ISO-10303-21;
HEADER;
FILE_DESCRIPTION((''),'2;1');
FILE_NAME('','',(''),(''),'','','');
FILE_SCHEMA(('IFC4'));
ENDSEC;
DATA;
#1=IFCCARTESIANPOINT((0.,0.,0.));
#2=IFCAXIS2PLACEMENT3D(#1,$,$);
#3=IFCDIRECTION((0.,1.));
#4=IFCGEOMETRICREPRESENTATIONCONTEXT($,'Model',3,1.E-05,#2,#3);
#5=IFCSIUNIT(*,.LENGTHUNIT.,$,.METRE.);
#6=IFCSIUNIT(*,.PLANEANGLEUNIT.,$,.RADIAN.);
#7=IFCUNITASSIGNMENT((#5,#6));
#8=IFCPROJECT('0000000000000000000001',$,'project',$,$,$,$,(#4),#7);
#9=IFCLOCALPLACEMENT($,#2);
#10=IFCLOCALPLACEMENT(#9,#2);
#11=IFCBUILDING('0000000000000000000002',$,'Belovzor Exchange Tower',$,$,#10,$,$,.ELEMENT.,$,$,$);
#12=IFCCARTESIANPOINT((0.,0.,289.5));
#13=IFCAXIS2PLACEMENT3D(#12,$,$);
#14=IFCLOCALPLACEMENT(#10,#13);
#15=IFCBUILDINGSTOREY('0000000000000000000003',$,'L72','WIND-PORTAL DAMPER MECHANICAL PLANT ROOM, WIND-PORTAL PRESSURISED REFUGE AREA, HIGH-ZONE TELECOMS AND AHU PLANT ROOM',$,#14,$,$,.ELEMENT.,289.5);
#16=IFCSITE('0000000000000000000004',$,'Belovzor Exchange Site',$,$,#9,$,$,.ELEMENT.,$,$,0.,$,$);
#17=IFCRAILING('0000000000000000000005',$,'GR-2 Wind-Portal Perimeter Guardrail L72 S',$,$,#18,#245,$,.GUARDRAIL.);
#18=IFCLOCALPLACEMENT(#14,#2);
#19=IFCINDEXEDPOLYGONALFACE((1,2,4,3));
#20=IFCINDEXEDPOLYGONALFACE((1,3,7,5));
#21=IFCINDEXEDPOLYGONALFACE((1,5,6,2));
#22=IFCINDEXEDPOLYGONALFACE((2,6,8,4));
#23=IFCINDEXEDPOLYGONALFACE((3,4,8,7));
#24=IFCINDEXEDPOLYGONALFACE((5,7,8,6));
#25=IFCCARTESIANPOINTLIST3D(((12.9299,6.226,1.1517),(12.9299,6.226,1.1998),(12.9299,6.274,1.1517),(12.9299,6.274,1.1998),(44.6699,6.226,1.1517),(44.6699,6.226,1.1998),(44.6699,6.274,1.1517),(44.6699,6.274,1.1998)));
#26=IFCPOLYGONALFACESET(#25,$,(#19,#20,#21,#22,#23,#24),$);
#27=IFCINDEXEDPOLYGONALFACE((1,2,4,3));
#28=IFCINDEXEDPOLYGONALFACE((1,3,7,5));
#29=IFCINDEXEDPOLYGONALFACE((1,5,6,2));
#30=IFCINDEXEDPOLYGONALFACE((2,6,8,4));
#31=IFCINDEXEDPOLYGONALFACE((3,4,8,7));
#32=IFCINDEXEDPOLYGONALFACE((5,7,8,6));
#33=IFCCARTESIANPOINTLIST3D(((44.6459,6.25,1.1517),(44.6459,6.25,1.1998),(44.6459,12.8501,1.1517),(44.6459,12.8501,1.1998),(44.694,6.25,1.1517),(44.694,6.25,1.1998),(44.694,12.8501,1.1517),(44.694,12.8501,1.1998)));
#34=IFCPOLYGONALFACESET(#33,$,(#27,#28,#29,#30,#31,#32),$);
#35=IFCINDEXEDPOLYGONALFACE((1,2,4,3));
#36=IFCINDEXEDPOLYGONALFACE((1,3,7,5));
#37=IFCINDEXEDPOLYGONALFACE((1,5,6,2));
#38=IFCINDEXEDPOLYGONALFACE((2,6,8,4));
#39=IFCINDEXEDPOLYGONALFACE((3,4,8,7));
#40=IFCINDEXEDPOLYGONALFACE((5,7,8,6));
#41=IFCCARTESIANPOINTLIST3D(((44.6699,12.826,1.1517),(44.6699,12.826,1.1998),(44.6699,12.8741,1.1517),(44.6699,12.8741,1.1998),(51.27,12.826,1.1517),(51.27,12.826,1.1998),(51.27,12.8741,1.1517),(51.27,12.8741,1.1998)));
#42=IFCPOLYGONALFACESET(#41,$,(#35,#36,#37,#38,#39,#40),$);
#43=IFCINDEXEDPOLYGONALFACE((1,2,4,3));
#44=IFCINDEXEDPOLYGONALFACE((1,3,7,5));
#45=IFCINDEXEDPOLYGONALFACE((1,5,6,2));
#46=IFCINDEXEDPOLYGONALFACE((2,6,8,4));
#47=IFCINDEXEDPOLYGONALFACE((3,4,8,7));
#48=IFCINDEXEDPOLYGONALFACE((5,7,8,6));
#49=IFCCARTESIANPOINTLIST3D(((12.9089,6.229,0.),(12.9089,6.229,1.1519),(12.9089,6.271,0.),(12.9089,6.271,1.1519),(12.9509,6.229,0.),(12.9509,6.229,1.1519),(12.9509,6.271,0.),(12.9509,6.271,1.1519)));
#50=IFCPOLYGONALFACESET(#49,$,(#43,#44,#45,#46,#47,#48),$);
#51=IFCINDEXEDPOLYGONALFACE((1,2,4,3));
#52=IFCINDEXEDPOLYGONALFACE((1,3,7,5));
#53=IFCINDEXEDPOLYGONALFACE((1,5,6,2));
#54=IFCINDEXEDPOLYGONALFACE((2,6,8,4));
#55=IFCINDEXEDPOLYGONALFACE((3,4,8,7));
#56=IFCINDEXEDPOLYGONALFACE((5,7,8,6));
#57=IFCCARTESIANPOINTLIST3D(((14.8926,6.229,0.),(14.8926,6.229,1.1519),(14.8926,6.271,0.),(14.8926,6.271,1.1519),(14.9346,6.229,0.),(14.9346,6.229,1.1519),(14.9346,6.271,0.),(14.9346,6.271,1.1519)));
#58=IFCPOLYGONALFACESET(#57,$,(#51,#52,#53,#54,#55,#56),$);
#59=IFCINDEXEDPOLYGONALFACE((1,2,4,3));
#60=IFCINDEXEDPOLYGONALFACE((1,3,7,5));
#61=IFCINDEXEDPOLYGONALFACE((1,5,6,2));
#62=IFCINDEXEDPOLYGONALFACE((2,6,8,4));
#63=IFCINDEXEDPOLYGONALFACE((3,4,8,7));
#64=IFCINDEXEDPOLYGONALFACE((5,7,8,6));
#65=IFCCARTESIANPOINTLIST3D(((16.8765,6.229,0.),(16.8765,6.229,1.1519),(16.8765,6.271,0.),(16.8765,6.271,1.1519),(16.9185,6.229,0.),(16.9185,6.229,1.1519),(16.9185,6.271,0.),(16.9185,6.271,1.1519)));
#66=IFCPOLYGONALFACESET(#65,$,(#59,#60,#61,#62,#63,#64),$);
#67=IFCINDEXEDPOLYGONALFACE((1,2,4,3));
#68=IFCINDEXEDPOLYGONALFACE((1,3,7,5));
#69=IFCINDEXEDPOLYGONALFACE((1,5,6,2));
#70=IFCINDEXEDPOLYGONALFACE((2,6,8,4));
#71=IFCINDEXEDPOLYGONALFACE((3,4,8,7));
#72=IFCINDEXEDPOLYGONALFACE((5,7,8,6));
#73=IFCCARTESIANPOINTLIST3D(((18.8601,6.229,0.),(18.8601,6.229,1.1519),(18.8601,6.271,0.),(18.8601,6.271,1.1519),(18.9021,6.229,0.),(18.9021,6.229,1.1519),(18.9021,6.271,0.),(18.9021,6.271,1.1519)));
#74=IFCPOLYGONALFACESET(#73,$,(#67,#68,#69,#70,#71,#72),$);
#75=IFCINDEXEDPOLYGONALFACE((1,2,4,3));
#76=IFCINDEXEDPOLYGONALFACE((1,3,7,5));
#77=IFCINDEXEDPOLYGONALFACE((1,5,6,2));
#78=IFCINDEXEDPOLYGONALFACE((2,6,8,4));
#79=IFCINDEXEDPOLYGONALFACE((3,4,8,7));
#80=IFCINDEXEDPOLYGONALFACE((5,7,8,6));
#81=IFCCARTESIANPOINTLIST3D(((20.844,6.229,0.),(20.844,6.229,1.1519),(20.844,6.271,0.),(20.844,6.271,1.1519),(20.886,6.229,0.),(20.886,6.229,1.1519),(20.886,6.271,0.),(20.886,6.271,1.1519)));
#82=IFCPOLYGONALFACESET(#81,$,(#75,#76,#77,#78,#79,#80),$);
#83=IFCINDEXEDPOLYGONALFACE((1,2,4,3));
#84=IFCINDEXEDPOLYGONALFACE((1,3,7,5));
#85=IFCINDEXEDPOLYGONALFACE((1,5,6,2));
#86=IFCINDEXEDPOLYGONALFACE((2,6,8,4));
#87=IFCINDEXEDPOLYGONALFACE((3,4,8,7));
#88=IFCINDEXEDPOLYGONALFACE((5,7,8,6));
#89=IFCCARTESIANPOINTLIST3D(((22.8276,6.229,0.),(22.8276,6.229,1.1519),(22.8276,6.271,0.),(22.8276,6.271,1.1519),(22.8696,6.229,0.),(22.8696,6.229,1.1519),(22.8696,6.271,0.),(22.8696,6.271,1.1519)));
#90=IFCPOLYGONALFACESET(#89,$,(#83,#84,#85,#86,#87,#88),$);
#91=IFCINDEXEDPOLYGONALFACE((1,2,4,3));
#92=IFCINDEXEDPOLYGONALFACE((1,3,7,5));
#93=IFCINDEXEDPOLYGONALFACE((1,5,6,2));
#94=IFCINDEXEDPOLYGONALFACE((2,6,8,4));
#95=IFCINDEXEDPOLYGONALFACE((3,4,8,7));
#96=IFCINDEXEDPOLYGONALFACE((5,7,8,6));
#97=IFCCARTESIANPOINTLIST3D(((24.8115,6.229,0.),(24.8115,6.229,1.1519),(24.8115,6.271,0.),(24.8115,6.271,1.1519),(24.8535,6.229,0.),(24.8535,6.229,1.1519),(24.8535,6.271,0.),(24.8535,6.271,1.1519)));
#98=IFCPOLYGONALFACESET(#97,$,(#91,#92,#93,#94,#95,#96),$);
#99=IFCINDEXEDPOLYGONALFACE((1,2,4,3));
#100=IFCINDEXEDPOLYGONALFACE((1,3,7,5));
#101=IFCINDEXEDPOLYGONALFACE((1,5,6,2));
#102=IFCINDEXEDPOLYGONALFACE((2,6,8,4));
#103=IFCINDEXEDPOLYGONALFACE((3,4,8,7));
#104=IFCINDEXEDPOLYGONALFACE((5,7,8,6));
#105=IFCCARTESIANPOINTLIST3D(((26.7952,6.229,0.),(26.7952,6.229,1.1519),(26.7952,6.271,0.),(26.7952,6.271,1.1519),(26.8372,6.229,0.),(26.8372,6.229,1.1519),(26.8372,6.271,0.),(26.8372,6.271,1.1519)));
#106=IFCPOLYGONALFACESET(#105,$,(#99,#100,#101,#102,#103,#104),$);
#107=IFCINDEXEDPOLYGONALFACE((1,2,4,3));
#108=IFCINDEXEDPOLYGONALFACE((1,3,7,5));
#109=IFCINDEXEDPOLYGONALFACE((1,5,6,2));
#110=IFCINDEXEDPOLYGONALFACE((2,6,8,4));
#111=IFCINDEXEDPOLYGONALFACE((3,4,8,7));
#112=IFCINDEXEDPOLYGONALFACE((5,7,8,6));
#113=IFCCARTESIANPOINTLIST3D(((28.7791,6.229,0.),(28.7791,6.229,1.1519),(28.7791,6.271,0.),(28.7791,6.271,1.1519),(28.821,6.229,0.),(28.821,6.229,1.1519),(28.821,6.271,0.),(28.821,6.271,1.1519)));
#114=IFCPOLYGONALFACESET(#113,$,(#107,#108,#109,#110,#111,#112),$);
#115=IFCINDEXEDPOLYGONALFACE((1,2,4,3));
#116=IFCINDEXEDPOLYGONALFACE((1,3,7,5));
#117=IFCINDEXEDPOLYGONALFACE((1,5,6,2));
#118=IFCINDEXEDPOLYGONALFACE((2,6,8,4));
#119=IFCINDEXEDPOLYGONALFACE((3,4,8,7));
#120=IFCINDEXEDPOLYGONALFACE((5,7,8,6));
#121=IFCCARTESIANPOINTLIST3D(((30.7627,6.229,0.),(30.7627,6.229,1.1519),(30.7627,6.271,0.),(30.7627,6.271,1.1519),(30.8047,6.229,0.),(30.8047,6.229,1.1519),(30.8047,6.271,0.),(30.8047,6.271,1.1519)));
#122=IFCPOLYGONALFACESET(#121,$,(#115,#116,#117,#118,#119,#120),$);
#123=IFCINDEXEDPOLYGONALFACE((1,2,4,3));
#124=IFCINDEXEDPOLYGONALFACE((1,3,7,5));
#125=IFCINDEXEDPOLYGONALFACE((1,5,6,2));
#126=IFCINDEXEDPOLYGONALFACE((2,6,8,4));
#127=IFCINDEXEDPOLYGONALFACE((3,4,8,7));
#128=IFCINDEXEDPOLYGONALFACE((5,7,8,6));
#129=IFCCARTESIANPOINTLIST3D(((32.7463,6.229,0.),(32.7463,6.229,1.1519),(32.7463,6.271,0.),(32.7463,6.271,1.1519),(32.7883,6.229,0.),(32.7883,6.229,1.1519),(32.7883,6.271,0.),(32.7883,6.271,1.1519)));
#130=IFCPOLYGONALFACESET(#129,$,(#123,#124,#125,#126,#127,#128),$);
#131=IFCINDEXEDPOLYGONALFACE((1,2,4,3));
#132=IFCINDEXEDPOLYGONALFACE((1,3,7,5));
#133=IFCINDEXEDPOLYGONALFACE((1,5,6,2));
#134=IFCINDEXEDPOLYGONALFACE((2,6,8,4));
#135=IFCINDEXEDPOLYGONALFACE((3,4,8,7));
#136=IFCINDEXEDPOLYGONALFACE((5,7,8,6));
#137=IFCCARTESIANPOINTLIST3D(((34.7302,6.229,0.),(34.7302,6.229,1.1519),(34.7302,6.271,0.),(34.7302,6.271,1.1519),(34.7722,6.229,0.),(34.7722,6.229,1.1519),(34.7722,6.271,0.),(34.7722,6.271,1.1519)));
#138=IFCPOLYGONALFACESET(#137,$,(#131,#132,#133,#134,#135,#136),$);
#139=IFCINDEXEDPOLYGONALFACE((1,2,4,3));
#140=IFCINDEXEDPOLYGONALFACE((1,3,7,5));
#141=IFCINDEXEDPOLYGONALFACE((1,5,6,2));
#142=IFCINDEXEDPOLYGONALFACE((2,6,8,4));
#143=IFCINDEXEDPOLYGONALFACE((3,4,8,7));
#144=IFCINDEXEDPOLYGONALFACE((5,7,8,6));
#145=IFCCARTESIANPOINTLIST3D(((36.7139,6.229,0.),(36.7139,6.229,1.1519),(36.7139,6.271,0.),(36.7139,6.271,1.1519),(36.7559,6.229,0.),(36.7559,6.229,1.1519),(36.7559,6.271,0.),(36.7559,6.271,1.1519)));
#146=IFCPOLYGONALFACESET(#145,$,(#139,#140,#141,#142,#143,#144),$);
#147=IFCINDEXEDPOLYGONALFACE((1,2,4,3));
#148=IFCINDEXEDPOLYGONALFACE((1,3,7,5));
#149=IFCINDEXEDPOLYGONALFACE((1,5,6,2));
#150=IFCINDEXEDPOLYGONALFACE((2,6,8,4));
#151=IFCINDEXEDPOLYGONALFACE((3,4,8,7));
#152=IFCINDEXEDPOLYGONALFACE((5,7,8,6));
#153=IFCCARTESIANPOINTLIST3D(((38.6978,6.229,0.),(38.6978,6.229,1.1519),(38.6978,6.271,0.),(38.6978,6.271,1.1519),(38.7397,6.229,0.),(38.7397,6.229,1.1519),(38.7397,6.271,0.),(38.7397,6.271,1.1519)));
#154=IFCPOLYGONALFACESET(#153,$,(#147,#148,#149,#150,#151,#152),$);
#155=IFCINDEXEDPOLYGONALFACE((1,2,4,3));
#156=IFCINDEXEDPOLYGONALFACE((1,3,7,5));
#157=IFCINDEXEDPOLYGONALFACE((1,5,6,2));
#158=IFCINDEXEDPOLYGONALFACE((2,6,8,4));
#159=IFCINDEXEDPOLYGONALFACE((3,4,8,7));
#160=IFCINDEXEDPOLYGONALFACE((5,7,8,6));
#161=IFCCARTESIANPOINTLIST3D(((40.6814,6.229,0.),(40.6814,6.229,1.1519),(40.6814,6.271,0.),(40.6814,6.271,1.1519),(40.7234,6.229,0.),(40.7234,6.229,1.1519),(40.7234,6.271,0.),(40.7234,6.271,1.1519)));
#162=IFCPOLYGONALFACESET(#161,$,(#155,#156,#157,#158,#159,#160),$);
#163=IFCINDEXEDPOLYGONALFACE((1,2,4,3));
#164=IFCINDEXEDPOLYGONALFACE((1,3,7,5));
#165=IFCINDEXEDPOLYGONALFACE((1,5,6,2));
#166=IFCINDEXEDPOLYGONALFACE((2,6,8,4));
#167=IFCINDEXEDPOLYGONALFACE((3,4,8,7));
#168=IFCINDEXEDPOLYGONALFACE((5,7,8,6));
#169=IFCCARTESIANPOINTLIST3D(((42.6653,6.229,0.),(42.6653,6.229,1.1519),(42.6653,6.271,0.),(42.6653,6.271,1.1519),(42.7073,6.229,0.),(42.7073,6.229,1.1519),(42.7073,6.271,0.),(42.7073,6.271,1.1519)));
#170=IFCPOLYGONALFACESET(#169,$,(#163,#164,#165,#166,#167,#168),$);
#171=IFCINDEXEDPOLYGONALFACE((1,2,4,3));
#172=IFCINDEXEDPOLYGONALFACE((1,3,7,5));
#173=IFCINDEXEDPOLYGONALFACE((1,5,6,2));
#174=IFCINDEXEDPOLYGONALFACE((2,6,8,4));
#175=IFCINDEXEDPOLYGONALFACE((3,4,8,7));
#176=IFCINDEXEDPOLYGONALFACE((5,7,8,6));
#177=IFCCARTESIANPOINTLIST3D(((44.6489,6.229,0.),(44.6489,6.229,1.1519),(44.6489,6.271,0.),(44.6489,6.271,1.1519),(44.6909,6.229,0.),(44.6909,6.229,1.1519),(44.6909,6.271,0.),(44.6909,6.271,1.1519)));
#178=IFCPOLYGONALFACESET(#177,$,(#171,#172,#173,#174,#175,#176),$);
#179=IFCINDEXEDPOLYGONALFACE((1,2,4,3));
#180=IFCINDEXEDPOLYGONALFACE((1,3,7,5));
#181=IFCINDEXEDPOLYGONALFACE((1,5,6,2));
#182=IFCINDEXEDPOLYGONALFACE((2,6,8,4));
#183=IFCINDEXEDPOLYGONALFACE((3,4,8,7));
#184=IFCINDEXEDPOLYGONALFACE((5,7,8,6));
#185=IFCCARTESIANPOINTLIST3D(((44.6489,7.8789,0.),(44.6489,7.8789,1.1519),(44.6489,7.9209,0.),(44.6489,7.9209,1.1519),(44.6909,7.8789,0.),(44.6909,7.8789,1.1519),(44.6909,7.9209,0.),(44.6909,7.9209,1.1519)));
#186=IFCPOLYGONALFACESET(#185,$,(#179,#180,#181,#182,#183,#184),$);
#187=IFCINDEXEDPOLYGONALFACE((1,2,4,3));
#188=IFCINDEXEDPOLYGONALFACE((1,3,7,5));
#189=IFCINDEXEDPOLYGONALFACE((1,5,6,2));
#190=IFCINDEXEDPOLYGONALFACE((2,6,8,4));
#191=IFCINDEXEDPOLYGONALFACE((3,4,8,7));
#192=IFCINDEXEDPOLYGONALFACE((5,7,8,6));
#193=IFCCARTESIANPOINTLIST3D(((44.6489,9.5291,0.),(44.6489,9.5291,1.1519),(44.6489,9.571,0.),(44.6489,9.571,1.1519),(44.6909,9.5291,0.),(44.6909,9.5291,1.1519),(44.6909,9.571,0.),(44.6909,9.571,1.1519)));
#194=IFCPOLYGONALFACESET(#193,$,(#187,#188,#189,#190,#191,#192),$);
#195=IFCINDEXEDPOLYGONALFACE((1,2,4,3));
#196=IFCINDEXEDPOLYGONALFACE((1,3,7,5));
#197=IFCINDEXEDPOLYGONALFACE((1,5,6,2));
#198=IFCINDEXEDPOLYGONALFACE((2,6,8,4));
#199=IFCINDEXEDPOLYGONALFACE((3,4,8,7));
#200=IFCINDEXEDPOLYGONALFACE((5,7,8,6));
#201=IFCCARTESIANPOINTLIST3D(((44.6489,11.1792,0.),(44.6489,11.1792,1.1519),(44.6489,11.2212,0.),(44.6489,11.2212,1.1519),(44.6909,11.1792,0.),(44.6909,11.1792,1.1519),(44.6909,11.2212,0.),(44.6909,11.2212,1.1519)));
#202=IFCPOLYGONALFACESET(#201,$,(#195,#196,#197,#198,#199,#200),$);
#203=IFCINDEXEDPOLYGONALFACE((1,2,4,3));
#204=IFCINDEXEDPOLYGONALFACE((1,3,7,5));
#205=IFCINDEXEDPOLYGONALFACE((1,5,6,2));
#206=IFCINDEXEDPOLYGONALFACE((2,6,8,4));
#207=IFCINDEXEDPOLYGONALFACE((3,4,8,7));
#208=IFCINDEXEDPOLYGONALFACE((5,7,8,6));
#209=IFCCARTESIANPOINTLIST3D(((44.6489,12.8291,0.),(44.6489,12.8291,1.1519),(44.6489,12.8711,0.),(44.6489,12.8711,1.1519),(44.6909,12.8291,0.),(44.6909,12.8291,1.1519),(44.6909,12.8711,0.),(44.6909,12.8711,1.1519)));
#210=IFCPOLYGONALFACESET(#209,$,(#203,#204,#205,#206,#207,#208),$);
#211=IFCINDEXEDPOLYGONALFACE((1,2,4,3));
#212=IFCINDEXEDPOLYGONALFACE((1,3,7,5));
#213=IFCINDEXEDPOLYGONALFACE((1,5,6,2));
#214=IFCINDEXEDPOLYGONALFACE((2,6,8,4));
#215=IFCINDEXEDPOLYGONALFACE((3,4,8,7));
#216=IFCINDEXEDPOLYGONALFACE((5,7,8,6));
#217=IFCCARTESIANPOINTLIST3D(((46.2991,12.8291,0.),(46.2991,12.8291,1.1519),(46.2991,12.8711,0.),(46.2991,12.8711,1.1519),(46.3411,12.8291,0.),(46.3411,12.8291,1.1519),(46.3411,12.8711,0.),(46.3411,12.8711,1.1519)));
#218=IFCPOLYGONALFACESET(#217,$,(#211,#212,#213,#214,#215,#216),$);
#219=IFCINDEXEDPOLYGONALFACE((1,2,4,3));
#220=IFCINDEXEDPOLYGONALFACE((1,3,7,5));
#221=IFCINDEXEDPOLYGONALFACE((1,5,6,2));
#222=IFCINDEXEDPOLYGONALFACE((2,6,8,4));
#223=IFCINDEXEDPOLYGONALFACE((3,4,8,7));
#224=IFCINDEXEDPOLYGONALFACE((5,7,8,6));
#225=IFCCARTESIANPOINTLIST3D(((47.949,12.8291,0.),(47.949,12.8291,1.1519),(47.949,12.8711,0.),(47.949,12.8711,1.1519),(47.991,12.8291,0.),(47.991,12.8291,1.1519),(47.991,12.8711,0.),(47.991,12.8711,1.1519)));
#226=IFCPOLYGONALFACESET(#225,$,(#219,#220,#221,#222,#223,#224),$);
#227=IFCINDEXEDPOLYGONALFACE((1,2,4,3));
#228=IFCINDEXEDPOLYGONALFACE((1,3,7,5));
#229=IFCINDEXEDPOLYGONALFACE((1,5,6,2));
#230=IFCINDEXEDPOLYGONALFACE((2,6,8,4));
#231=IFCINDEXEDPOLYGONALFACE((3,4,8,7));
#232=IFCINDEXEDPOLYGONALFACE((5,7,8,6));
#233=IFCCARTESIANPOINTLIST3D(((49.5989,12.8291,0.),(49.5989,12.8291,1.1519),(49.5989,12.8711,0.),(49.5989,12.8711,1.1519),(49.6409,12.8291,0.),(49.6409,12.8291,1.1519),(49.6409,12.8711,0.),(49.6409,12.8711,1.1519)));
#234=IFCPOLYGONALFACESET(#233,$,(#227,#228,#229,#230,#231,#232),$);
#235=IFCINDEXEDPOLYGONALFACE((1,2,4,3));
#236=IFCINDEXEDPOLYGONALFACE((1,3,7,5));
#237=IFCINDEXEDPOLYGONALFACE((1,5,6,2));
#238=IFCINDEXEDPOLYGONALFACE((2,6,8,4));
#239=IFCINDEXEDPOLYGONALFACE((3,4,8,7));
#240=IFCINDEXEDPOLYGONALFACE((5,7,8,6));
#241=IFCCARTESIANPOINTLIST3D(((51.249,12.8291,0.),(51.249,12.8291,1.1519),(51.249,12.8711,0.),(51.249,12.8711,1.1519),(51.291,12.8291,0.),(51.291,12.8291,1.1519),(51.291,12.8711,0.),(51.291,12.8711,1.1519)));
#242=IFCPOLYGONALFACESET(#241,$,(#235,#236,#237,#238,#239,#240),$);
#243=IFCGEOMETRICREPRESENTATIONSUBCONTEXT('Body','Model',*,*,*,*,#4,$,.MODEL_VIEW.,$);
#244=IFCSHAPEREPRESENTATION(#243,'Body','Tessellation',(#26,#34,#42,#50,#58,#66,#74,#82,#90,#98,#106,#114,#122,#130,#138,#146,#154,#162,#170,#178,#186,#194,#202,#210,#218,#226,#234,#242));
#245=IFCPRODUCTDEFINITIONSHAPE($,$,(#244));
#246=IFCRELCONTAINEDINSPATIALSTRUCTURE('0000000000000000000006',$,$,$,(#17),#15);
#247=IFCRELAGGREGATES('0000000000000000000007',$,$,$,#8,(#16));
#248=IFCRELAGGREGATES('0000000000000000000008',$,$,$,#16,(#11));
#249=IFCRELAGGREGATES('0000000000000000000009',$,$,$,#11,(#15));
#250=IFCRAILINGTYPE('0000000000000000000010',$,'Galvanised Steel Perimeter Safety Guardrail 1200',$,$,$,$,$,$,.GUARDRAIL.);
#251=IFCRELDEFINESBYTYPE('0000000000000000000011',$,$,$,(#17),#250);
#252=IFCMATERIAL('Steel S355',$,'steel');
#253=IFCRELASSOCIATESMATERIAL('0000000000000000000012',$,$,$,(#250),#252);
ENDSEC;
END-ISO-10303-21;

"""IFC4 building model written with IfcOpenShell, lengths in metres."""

from ifc_helpers import new_model, si_unit, direction, frame, origin, origin_2d, place, context, subcontext, project, spatial, rectangle, extrude, material, type_object, element, save


model = new_model("IFC4")

# Units and contexts
model_context = context("Model", 3, precision=1e-05, world=origin(), true_north=direction((0.0, 1.0)))
body_context = subcontext(model_context, "Body", "Model", "MODEL_VIEW")
ifc_project = project(units=[si_unit("LENGTHUNIT", "METRE"), si_unit("PLANEANGLEUNIT", "RADIAN")], contexts=[model_context])

# Site, building, storey
site_placement = place(None, origin())
site = spatial("IfcSite", under=ifc_project, at=site_placement, Name="Belovzor Exchange Site", CompositionType="ELEMENT", RefElevation=0.0)
building_placement = place(site_placement, origin())
building = spatial("IfcBuilding", under=site, at=building_placement, Name="Belovzor Exchange Tower", CompositionType="ELEMENT")
storey_placement = place(building_placement, frame((0.0, 0.0, 289.5)))
storey = spatial("IfcBuildingStorey", under=building, at=storey_placement, Name="L72", Description="WIND-PORTAL DAMPER MECHANICAL PLANT ROOM, WIND-PORTAL PRESSURISED REFUGE AREA, HIGH-ZONE TELECOMS AND AHU PLANT ROOM", CompositionType="ELEMENT", Elevation=289.5)

# Railing
ifc_material_1 = material(Name="Steel S355", Category="steel")
railing_type = type_object("IfcRailingType", Name="Galvanised Steel Perimeter Safety Guardrail 1200", PredefinedType="GUARDRAIL", material=ifc_material_1)
railing_placement = place(storey_placement, frame((12.9299, 6.25, 0.0)))
element("IfcRailing", 1, at=railing_placement, inside=storey, type_object=railing_type, Name="GR-2 Wind-Portal Perimeter Guardrail L72 S", PredefinedType="GUARDRAIL", context=body_context, shape_type="SweptSolid", body=[
    extrude(rectangle(XDim=0.0481, YDim=0.0481, at=origin_2d()), frame((0.0, 0.0, 1.1758), z_axis=(1.0, 0.0, 0.0), x_axis=(0.0, 1.0, 0.0)), (0.0, 0.0, 1.0), 31.74),
    extrude(rectangle(XDim=0.0481, YDim=0.0481, at=origin_2d()), frame((31.74, 0.0, 1.1758), z_axis=(0.0, 1.0, 0.0), x_axis=(-1.0, 0.0, 0.0)), (0.0, 0.0, 1.0), 6.6001),
    extrude(rectangle(XDim=0.0481, YDim=0.0481, at=origin_2d()), frame((31.74, 6.6001, 1.1758), z_axis=(1.0, 0.0, 0.0), x_axis=(0.0, 1.0, 0.0)), (0.0, 0.0, 1.0), 6.6001),
    extrude(rectangle(XDim=0.042, YDim=0.042, at=origin_2d()), origin(), (0.0, 0.0, 1.0), 1.1519),
    extrude(rectangle(XDim=0.042, YDim=0.042, at=origin_2d()), frame((1.9836, 0.0, 0.0)), (0.0, 0.0, 1.0), 1.1519),
    extrude(rectangle(XDim=0.042, YDim=0.042, at=origin_2d()), frame((3.9675, 0.0, 0.0)), (0.0, 0.0, 1.0), 1.1519),
    extrude(rectangle(XDim=0.042, YDim=0.042, at=origin_2d()), frame((5.9512, 0.0, 0.0)), (0.0, 0.0, 1.0), 1.1519),
    extrude(rectangle(XDim=0.042, YDim=0.042, at=origin_2d()), frame((7.9351, 0.0, 0.0)), (0.0, 0.0, 1.0), 1.1519),
    extrude(rectangle(XDim=0.042, YDim=0.042, at=origin_2d()), frame((9.9187, 0.0, 0.0)), (0.0, 0.0, 1.0), 1.1519),
    extrude(rectangle(XDim=0.042, YDim=0.042, at=origin_2d()), frame((11.9026, 0.0, 0.0)), (0.0, 0.0, 1.0), 1.1519),
    extrude(rectangle(XDim=0.042, YDim=0.042, at=origin_2d()), frame((13.8862, 0.0, 0.0)), (0.0, 0.0, 1.0), 1.1519),
    extrude(rectangle(XDim=0.042, YDim=0.042, at=origin_2d()), frame((15.8701, 0.0, 0.0)), (0.0, 0.0, 1.0), 1.1519),
    extrude(rectangle(XDim=0.042, YDim=0.042, at=origin_2d()), frame((17.8538, 0.0, 0.0)), (0.0, 0.0, 1.0), 1.1519),
    extrude(rectangle(XDim=0.042, YDim=0.042, at=origin_2d()), frame((19.8374, 0.0, 0.0)), (0.0, 0.0, 1.0), 1.1519),
    extrude(rectangle(XDim=0.042, YDim=0.042, at=origin_2d()), frame((21.8213, 0.0, 0.0)), (0.0, 0.0, 1.0), 1.1519),
    extrude(rectangle(XDim=0.042, YDim=0.042, at=origin_2d()), frame((23.8049, 0.0, 0.0)), (0.0, 0.0, 1.0), 1.1519),
    extrude(rectangle(XDim=0.042, YDim=0.042, at=origin_2d()), frame((25.7888, 0.0, 0.0)), (0.0, 0.0, 1.0), 1.1519),
    extrude(rectangle(XDim=0.042, YDim=0.042, at=origin_2d()), frame((27.7725, 0.0, 0.0)), (0.0, 0.0, 1.0), 1.1519),
    extrude(rectangle(XDim=0.042, YDim=0.042, at=origin_2d()), frame((29.7563, 0.0, 0.0)), (0.0, 0.0, 1.0), 1.1519),
    extrude(rectangle(XDim=0.042, YDim=0.042, at=origin_2d()), frame((31.74, 0.0, 0.0)), (0.0, 0.0, 1.0), 1.1519),
    extrude(rectangle(XDim=0.042, YDim=0.042, at=origin_2d()), frame((31.74, 1.6499, 0.0)), (0.0, 0.0, 1.0), 1.1519),
    extrude(rectangle(XDim=0.042, YDim=0.042, at=origin_2d()), frame((31.74, 3.3, 0.0)), (0.0, 0.0, 1.0), 1.1519),
    extrude(rectangle(XDim=0.042, YDim=0.042, at=origin_2d()), frame((31.74, 4.9502, 0.0)), (0.0, 0.0, 1.0), 1.1519),
    extrude(rectangle(XDim=0.042, YDim=0.042, at=origin_2d()), frame((31.74, 6.6001, 0.0)), (0.0, 0.0, 1.0), 1.1519),
    extrude(rectangle(XDim=0.042, YDim=0.042, at=origin_2d()), frame((33.3901, 6.6001, 0.0)), (0.0, 0.0, 1.0), 1.1519),
    extrude(rectangle(XDim=0.042, YDim=0.042, at=origin_2d()), frame((35.04, 6.6001, 0.0)), (0.0, 0.0, 1.0), 1.1519),
    extrude(rectangle(XDim=0.042, YDim=0.042, at=origin_2d()), frame((36.6899, 6.6001, 0.0)), (0.0, 0.0, 1.0), 1.1519),
    extrude(rectangle(XDim=0.042, YDim=0.042, at=origin_2d()), frame((38.3401, 6.6001, 0.0)), (0.0, 0.0, 1.0), 1.1519),
])

save(model, "model.ifc")
